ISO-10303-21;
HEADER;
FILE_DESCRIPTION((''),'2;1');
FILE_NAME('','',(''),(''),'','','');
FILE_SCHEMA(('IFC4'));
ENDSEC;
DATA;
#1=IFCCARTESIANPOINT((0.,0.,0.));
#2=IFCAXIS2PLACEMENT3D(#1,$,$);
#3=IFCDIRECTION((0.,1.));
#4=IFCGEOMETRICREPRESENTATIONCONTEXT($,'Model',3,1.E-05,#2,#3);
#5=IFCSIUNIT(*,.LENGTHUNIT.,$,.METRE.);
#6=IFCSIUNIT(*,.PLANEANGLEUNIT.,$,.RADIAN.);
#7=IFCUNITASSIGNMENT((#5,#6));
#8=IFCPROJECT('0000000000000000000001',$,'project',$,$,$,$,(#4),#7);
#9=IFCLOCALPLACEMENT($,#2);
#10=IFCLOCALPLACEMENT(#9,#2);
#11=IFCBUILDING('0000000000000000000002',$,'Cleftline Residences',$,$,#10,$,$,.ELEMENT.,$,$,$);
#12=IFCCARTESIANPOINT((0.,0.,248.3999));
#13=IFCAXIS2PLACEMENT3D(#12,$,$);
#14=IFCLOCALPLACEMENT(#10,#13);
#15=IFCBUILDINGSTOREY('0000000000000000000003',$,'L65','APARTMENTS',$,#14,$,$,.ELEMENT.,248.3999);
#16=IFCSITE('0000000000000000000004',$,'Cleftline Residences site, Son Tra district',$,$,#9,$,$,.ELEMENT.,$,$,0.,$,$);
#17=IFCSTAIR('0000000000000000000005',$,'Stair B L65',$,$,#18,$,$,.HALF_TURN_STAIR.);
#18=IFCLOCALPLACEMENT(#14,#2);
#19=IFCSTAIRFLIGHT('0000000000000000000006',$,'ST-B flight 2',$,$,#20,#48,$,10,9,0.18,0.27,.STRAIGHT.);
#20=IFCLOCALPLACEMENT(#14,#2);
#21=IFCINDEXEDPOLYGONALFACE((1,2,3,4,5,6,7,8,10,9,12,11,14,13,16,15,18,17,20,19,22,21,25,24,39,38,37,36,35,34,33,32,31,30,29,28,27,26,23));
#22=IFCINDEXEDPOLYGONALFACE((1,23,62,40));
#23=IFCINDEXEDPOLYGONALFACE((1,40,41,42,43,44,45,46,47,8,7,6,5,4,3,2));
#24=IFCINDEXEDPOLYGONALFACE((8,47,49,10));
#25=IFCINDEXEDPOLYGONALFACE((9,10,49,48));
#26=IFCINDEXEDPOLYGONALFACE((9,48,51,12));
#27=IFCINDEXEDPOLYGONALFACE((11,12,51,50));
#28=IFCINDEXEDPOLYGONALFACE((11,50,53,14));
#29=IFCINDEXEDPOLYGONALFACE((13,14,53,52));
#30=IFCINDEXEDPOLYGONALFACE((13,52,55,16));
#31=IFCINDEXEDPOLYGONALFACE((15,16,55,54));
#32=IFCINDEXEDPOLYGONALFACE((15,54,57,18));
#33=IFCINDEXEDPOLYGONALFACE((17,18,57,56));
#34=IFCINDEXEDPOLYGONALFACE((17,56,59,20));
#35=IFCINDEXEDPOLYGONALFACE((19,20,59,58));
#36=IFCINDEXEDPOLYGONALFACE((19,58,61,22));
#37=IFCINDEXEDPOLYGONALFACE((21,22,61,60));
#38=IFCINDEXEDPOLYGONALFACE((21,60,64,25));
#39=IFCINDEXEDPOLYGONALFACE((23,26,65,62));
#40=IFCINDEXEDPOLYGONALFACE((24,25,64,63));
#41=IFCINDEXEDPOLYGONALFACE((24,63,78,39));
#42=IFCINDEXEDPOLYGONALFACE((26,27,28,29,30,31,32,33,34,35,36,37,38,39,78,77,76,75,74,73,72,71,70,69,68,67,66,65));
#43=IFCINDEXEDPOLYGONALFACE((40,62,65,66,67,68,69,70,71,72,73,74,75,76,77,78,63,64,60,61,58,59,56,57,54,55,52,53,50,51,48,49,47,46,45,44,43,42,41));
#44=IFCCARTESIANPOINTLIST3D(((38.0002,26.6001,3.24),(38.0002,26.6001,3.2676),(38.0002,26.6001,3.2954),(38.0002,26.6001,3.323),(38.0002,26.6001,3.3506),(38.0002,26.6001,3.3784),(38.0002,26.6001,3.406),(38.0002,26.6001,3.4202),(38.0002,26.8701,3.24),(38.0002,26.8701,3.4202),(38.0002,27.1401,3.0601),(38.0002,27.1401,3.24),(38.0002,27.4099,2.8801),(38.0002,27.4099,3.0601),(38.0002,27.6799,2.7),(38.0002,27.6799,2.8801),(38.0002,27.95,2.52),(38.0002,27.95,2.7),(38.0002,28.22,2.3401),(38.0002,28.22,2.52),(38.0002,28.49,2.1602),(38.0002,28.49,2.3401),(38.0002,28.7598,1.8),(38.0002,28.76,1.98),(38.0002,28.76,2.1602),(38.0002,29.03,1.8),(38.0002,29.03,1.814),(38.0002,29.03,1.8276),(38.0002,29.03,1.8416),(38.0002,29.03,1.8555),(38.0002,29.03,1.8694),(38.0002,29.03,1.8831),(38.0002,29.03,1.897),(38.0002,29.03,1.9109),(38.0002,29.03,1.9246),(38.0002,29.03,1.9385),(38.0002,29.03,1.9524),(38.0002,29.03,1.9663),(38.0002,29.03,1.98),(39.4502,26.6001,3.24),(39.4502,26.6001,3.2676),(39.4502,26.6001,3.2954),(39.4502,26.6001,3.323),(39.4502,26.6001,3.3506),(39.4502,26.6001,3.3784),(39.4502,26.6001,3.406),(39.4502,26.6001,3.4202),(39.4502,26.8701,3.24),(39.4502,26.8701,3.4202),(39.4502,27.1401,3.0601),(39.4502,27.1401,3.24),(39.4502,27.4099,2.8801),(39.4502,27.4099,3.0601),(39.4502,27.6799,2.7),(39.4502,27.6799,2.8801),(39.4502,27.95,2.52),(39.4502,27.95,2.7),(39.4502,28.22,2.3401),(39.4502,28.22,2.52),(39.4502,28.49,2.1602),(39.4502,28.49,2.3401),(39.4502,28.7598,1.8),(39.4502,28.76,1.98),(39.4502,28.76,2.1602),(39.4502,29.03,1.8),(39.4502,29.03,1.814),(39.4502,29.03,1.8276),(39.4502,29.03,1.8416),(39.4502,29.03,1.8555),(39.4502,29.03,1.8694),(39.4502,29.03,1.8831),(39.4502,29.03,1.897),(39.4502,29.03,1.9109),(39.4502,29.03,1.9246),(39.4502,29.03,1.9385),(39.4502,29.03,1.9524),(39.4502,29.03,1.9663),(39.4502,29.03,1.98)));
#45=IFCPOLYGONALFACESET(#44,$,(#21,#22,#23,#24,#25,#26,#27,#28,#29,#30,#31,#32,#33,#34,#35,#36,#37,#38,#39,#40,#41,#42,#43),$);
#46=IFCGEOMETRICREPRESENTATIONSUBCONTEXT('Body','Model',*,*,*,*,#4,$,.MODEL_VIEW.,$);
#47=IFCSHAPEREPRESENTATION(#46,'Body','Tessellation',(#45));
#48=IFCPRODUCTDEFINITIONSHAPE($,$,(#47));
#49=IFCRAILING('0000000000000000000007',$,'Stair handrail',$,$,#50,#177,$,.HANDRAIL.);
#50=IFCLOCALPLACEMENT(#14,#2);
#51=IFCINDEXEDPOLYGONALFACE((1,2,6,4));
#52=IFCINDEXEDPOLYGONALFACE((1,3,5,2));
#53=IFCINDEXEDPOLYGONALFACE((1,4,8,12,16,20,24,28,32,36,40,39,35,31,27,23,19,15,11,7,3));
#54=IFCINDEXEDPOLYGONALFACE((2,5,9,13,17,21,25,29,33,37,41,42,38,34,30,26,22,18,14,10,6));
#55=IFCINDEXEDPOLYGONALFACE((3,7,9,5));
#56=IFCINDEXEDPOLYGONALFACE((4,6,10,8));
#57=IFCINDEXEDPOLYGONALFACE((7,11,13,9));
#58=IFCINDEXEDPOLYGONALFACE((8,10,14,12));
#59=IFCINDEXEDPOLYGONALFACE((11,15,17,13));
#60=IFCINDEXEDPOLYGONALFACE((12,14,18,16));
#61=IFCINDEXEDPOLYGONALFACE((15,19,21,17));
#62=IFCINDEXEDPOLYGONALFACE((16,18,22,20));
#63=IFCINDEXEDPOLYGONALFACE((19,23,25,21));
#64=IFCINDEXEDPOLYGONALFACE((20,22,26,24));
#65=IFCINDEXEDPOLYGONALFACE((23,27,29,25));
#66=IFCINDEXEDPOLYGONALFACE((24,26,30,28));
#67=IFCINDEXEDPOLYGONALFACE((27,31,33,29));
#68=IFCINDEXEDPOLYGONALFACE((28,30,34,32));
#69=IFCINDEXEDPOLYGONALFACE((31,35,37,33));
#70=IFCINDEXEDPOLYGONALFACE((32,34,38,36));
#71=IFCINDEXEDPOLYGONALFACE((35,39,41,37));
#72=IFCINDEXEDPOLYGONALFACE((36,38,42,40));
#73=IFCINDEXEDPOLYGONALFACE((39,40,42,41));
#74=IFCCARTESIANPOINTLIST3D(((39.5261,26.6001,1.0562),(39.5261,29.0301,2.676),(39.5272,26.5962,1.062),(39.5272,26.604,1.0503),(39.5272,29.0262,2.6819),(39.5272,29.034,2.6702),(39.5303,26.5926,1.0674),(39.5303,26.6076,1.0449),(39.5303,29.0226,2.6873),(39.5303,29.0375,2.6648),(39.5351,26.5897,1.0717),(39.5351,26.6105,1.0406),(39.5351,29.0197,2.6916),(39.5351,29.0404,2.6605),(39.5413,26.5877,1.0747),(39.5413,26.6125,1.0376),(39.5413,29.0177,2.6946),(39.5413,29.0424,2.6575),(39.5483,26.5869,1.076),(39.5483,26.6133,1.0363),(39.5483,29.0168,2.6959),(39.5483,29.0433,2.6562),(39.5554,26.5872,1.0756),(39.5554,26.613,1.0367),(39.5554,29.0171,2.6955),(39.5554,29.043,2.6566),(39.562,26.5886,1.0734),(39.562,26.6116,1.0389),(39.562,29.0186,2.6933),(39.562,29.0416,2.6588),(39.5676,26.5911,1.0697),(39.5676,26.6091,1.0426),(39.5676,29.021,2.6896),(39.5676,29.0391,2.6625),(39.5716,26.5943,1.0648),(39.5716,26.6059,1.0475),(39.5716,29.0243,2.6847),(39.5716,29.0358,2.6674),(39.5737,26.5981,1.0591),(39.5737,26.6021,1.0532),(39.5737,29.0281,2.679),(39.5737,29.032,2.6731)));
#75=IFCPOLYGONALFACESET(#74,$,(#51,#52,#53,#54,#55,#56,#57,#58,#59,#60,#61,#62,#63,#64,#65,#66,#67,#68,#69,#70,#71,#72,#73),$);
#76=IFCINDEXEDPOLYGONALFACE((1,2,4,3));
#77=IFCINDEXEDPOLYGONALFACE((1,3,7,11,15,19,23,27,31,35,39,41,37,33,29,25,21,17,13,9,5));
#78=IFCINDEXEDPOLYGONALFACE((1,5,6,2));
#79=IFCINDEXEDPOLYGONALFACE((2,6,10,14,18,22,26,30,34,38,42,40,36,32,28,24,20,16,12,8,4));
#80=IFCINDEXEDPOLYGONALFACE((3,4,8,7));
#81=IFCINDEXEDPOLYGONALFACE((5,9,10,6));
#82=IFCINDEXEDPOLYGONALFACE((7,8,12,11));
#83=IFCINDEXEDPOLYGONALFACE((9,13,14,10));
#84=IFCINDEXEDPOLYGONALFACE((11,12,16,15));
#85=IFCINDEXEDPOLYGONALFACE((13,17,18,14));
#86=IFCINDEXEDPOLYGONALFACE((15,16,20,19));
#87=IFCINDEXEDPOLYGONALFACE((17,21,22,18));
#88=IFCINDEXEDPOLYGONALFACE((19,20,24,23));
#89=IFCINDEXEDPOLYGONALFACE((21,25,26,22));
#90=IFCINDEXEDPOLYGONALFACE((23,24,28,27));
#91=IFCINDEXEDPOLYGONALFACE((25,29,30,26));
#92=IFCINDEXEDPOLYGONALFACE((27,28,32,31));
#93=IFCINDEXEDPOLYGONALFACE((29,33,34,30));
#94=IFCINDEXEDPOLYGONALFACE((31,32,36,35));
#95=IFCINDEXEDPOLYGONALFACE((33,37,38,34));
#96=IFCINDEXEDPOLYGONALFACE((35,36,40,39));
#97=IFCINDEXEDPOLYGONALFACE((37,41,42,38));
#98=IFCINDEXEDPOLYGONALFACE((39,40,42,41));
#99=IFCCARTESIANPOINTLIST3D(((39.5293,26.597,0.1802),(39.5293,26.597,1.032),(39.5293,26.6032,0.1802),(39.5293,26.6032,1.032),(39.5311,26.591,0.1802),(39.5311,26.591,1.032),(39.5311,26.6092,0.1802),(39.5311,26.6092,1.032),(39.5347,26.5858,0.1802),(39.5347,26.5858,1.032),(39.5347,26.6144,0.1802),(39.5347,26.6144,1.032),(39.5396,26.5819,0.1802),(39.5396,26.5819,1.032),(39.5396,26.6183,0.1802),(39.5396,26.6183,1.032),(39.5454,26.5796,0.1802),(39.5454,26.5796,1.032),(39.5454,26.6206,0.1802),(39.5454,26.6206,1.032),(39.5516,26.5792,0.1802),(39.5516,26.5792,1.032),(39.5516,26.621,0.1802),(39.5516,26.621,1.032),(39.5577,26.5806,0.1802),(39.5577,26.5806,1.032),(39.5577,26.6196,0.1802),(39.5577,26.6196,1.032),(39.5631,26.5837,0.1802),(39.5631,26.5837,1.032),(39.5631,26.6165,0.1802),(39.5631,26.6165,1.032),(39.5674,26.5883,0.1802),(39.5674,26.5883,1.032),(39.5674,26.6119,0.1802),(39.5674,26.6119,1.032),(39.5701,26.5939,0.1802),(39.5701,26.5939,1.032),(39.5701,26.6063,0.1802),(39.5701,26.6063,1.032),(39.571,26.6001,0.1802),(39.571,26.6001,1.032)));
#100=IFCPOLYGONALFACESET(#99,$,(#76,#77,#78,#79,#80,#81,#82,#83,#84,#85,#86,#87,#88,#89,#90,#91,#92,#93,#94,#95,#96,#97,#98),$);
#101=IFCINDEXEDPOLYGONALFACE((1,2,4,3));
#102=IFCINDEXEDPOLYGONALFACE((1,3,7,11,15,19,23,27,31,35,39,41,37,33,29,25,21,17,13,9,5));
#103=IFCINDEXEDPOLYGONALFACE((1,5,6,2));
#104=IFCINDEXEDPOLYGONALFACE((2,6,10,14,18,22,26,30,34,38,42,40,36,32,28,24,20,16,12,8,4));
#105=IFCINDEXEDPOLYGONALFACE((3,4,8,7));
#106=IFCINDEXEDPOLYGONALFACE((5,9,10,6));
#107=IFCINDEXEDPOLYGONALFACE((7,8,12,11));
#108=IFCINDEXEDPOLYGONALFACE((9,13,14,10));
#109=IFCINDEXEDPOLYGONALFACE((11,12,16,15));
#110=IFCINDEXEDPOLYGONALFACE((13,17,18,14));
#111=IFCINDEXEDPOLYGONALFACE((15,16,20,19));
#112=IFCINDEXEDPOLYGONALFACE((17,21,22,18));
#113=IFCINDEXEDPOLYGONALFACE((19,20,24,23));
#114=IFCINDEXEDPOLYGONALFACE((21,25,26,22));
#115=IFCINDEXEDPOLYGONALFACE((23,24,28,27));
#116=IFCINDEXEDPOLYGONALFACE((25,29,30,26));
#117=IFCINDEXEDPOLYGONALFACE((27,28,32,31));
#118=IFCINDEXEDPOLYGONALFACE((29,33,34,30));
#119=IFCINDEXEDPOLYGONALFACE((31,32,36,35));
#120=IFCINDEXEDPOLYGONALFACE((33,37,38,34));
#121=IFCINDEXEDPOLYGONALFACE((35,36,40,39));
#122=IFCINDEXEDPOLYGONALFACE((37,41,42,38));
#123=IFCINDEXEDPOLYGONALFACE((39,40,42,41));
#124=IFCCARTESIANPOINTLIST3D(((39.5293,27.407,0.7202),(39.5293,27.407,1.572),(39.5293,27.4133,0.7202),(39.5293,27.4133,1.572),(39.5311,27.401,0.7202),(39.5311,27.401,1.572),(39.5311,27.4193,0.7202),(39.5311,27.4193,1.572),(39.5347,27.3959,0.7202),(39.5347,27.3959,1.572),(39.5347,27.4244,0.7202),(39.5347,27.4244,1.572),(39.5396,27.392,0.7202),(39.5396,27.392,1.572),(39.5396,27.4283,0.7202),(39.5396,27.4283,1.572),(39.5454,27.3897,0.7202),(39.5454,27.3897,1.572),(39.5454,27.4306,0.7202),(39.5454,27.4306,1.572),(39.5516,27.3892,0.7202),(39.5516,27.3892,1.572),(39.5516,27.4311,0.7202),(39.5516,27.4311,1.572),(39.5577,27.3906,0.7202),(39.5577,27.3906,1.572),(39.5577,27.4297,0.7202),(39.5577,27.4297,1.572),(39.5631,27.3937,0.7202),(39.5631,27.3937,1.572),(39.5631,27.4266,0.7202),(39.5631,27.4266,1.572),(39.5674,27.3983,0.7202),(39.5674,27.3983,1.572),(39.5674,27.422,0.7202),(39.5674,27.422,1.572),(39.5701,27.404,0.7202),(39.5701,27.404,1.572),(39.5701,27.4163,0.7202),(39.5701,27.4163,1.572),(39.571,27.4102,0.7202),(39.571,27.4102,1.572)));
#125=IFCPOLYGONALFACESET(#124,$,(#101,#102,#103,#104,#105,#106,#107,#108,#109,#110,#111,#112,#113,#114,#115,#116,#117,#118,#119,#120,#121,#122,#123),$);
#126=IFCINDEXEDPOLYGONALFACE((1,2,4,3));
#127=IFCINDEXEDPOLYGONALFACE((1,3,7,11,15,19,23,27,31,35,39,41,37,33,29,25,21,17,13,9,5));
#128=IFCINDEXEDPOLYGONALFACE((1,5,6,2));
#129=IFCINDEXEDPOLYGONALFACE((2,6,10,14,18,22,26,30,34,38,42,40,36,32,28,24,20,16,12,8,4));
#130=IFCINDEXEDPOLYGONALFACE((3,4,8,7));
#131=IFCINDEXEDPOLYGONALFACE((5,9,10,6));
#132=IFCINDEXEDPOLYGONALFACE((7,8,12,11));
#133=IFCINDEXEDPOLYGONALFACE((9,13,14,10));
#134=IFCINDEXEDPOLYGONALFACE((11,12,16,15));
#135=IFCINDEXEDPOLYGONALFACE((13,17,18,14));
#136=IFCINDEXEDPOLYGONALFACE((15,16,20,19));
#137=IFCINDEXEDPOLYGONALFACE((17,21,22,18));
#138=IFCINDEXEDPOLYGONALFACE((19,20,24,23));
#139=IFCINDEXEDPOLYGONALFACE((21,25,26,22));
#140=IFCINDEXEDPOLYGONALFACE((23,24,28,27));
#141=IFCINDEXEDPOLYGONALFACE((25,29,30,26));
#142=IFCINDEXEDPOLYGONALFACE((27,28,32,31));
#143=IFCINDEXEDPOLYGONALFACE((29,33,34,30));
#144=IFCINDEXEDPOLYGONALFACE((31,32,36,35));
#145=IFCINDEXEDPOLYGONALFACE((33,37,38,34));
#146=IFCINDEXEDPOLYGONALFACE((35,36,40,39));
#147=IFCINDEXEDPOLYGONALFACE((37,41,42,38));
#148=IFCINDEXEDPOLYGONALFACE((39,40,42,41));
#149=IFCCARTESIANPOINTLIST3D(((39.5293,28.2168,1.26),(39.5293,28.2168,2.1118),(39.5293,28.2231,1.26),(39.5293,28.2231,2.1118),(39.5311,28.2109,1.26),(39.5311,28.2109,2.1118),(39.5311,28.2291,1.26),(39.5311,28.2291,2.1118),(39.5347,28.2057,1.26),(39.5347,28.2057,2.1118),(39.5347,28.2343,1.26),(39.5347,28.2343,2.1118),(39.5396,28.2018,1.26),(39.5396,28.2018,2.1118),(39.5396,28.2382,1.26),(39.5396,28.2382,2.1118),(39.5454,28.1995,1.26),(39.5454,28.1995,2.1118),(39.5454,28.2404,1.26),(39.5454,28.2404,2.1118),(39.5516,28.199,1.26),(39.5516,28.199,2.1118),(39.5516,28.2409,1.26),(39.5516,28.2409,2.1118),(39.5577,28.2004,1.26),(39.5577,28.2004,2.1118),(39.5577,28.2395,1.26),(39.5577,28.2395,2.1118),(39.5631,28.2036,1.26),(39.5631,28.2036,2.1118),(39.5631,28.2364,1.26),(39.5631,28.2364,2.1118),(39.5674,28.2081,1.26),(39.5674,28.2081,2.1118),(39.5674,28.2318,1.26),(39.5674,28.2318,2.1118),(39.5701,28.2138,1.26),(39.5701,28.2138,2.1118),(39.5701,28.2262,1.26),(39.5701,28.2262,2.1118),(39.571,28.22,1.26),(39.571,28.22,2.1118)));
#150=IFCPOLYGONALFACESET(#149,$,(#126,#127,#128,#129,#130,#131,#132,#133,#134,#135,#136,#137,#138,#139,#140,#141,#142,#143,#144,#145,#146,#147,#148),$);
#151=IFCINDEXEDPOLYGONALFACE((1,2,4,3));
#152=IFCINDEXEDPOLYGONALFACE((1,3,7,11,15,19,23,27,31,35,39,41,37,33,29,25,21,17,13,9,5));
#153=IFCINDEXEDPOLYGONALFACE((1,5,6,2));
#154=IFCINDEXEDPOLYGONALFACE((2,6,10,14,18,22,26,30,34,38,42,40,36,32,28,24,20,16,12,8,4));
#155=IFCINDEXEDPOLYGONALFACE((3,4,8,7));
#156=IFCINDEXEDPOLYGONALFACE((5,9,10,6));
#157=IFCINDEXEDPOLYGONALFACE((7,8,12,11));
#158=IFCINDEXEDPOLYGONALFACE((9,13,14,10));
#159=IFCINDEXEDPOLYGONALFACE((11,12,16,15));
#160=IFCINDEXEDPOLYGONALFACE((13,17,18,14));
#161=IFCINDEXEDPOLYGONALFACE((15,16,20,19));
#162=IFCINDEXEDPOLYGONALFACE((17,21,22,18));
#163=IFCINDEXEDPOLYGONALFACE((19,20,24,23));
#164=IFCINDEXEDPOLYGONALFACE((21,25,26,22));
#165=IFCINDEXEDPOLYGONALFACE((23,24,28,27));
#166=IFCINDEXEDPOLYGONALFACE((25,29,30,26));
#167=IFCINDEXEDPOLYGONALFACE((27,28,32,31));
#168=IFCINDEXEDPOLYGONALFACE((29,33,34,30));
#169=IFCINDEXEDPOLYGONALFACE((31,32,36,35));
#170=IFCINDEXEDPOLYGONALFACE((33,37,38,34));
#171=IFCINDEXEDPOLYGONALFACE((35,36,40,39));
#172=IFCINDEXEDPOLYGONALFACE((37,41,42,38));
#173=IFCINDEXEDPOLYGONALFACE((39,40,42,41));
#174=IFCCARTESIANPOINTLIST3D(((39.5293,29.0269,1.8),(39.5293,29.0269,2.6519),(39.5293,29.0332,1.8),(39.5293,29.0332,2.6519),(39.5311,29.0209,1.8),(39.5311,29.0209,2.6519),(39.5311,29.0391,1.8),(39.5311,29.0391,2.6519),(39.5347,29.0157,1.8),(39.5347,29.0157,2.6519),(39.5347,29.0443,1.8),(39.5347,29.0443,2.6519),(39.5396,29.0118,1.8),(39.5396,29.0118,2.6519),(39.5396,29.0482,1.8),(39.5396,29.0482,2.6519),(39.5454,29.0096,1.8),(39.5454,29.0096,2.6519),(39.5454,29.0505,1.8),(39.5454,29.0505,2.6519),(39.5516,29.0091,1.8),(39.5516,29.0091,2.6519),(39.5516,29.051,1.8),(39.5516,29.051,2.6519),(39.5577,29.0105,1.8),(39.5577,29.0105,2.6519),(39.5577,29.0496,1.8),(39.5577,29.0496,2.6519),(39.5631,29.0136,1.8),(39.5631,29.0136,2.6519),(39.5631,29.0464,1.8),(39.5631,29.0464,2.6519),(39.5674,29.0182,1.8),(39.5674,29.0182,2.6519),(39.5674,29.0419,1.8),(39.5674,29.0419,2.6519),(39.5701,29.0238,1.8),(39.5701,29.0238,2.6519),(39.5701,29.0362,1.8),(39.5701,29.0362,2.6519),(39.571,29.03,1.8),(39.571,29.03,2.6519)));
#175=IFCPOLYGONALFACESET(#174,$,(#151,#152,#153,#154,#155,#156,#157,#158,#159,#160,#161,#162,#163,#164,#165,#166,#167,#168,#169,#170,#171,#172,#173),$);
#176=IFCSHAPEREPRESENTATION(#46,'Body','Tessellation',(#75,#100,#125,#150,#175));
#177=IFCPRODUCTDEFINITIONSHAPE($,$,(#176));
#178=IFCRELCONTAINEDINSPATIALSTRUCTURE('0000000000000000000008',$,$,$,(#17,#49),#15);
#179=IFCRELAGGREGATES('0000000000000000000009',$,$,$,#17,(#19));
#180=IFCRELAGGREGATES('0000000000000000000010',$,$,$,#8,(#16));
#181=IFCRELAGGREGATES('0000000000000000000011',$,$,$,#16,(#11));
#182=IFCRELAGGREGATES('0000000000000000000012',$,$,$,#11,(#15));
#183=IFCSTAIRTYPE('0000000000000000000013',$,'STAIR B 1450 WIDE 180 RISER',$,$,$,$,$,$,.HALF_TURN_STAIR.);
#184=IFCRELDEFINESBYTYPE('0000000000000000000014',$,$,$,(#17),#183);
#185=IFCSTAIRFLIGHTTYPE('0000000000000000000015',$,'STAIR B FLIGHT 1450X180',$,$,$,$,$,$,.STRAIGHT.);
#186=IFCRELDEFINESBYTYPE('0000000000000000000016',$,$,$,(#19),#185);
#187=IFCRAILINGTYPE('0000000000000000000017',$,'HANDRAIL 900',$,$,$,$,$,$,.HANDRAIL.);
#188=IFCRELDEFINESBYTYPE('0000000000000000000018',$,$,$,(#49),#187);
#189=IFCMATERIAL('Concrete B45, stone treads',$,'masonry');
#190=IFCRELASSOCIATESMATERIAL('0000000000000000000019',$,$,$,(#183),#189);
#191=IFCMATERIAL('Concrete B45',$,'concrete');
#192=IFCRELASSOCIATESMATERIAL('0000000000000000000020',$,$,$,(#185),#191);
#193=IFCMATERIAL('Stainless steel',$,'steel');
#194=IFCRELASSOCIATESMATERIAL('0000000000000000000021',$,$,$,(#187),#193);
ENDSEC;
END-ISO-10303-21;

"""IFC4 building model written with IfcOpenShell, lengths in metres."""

from ifc_helpers import new_model, si_unit, direction, frame, origin, origin_2d, place, context, subcontext, project, spatial, polyline, circle, outline, extrude, material, type_object, element, aggregate, save


model = new_model("IFC4")

# Units and contexts
model_context = context("Model", 3, precision=1e-05, world=origin(), true_north=direction((0.0, 1.0)))
body_context = subcontext(model_context, "Body", "Model", "MODEL_VIEW")
ifc_project = project(units=[si_unit("LENGTHUNIT", "METRE"), si_unit("PLANEANGLEUNIT", "RADIAN")], contexts=[model_context])

# Site, building, storey
site_placement = place(None, origin())
site = spatial("IfcSite", under=ifc_project, at=site_placement, Name="Cleftline Residences site, Son Tra district", CompositionType="ELEMENT", RefElevation=0.0)
building_placement = place(site_placement, origin())
building = spatial("IfcBuilding", under=site, at=building_placement, Name="Cleftline Residences", CompositionType="ELEMENT")
storey_placement = place(building_placement, frame((0.0, 0.0, 248.3999)))
storey = spatial("IfcBuildingStorey", under=building, at=storey_placement, Name="L65", Description="APARTMENTS", CompositionType="ELEMENT", Elevation=248.3999)

# Stair, stair flight
ifc_material_1 = material(Name="Concrete B45, stone treads", Category="masonry")
stair_type = type_object("IfcStairType", Name="STAIR B 1450 WIDE 180 RISER", PredefinedType="HALF_TURN_STAIR", material=ifc_material_1)
stair_placement = place(storey_placement, origin())
stair = element("IfcStair", 1, at=stair_placement, inside=storey, type_object=stair_type, Name="Stair B L65", PredefinedType="HALF_TURN_STAIR")
ifc_material_2 = material(Name="Concrete B45", Category="concrete")
stair_flight_type = type_object("IfcStairFlightType", Name="STAIR B FLIGHT 1450X180", PredefinedType="STRAIGHT", material=ifc_material_2)
stair_flight_1_placement = place(storey_placement, frame((38.7251, 29.03, 1.8), z_axis=(0.0, 0.0, 1.0), x_axis=(0.0, -1.0, 0.0)))
stair_flight_1 = element("IfcStairFlight", 2, at=stair_flight_1_placement, type_object=stair_flight_type, Name="ST-B flight 2", NumberOfRisers=10, NumberOfTreads=9, PredefinedType="STRAIGHT", RiserHeight=0.18, TreadLength=0.27, context=body_context, shape_type="SweptSolid", body=[
    extrude(outline(polyline([(0.0, 0.0), (0.0, 0.0139), (0.0, 0.0276), (0.0, 0.0415), (0.0, 0.0554), (0.0, 0.0693), (0.0, 0.083), (0.0, 0.0969), (0.0, 0.1108), (0.0, 0.1245), (0.0, 0.1384), (0.0, 0.1523), (0.0, 0.1663), (0.0, 0.1799), (0.27, 0.1799), (0.27, 0.3601), (0.54, 0.3601), (0.54, 0.54), (0.8101, 0.54), (0.8101, 0.72), (1.0801, 0.72), (1.0801, 0.8999), (1.3501, 0.8999), (1.3501, 1.0801), (1.6201, 1.0801), (1.6201, 1.26), (1.8899, 1.26), (1.8899, 1.4399), (2.1599, 1.4399), (2.1599, 1.6201), (2.4299, 1.6201), (2.4299, 1.8), (2.4299, 1.7722), (2.4299, 1.7446), (2.4299, 1.7168), (2.4299, 1.6892), (2.4299, 1.6614), (2.4299, 1.6338), (2.4299, 1.606), (2.4299, 1.5784), (2.4299, 1.5505), (2.4299, 1.5229), (2.4299, 1.4954), (2.4299, 1.4675), (2.4299, 1.4399), (0.2703, 0.0), (0.0, 0.0)])), frame((0.0, 0.7251, 0.0), z_axis=(0.0, -1.0, 0.0), x_axis=(1.0, 0.0, 0.0)), (0.0, 0.0, 1.0), 1.45),
])
aggregate(stair, [stair_flight_1])

# Railing
ifc_material_3 = material(Name="Stainless steel", Category="steel")
railing_type = type_object("IfcRailingType", Name="HANDRAIL 900", PredefinedType="HANDRAIL", material=ifc_material_3)
railing_1_placement = place(storey_placement, frame((39.55, 26.6001, 0.1802)))
element("IfcRailing", 3, at=railing_1_placement, inside=storey, type_object=railing_type, Name="Stair handrail", PredefinedType="HANDRAIL", context=body_context, shape_type="SweptSolid", body=[
    extrude(circle(Radius=0.0239, at=origin_2d()), frame((0.0, 0.0, 0.876), z_axis=(0.0, 0.832063, 0.554681), x_axis=(-1.0, 0.0, 0.0)), (0.0, 0.0, 1.0), 2.9204),
    extrude(circle(Radius=0.021, at=origin_2d()), origin(), (0.0, 0.0, 1.0), 0.8518),
    extrude(circle(Radius=0.021, at=origin_2d()), frame((0.0, 0.8101, 0.54)), (0.0, 0.0, 1.0), 0.8518),
    extrude(circle(Radius=0.021, at=origin_2d()), frame((0.0, 1.6199, 1.0798)), (0.0, 0.0, 1.0), 0.8518),
    extrude(circle(Radius=0.021, at=origin_2d()), frame((0.0, 2.4299, 1.6199)), (0.0, 0.0, 1.0), 0.8518),
])

save(model, "model.ifc")
